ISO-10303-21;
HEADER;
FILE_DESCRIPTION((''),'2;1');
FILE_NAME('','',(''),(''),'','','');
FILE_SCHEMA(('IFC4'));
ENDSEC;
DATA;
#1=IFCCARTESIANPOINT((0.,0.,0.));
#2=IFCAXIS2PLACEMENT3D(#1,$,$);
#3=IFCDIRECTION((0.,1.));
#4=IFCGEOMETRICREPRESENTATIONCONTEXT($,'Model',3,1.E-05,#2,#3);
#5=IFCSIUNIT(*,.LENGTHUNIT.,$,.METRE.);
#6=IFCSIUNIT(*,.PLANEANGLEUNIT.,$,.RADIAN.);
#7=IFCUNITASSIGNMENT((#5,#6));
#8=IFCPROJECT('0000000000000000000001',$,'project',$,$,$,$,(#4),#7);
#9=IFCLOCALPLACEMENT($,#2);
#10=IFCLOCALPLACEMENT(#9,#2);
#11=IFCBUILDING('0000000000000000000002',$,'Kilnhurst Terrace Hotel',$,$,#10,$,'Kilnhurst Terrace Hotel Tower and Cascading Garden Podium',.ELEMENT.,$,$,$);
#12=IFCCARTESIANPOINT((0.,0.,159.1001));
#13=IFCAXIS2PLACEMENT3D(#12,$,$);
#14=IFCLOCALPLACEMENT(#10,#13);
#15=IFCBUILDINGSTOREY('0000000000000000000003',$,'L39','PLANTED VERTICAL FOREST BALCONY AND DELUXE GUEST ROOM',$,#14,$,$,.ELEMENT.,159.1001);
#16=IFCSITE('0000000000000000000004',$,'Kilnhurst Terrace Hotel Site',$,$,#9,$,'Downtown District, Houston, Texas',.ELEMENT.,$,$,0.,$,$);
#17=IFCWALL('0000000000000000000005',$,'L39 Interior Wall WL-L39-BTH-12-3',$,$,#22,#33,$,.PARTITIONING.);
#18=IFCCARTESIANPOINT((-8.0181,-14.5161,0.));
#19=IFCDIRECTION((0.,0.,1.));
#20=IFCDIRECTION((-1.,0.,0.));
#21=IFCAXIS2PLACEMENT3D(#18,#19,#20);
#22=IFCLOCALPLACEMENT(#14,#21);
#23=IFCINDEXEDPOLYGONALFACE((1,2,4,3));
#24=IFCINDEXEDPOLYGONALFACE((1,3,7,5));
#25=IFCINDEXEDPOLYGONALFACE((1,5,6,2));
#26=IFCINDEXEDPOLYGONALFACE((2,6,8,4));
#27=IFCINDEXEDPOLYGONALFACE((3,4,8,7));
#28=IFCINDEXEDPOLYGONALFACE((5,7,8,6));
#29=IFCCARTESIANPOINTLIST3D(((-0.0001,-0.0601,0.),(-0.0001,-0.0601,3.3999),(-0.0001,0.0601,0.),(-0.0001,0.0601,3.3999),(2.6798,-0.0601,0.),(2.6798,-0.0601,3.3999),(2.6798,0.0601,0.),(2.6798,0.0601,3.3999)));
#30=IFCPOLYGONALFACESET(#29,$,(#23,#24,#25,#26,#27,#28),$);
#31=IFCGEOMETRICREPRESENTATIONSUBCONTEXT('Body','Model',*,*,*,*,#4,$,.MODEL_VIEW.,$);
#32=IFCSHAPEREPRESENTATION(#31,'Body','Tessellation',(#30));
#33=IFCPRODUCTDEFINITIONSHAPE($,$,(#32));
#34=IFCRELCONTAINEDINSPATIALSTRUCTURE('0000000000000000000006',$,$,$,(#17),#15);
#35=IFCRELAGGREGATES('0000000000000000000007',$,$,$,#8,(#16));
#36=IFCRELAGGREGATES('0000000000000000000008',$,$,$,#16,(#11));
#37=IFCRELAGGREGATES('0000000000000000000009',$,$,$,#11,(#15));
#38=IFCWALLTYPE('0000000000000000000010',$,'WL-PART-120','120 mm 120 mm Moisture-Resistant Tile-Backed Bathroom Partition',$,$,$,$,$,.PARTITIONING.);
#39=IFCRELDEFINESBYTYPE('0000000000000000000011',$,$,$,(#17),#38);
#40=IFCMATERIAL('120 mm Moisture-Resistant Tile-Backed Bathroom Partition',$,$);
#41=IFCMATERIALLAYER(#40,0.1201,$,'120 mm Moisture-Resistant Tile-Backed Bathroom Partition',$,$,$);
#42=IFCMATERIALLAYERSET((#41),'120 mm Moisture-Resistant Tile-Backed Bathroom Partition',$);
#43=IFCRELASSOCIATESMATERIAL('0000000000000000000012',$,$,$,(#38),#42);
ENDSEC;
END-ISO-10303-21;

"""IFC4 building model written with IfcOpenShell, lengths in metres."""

from ifc_helpers import new_model, si_unit, direction, frame, frame_2d, origin, place, context, subcontext, project, spatial, rectangle, extrude, material, layer, layer_set, type_object, element, save


model = new_model("IFC4")

# Units and contexts
model_context = context("Model", 3, precision=1e-05, world=origin(), true_north=direction((0.0, 1.0)))
body_context = subcontext(model_context, "Body", "Model", "MODEL_VIEW")
ifc_project = project(units=[si_unit("LENGTHUNIT", "METRE"), si_unit("PLANEANGLEUNIT", "RADIAN")], contexts=[model_context])

# Site, building, storey
site_placement = place(None, origin())
site = spatial("IfcSite", under=ifc_project, at=site_placement, Name="Kilnhurst Terrace Hotel Site", LongName="Downtown District, Houston, Texas", CompositionType="ELEMENT", RefElevation=0.0)
building_placement = place(site_placement, origin())
building = spatial("IfcBuilding", under=site, at=building_placement, Name="Kilnhurst Terrace Hotel", LongName="Kilnhurst Terrace Hotel Tower and Cascading Garden Podium", CompositionType="ELEMENT")
storey_placement = place(building_placement, frame((0.0, 0.0, 159.1001)))
storey = spatial("IfcBuildingStorey", under=building, at=storey_placement, Name="L39", Description="PLANTED VERTICAL FOREST BALCONY AND DELUXE GUEST ROOM", CompositionType="ELEMENT", Elevation=159.1001)

# Shared definitions
ifc_material_1 = material(Name="120 mm Moisture-Resistant Tile-Backed Bathroom Partition")
ifc_layer_1 = layer(ifc_material_1, 0.1201, Name="120 mm Moisture-Resistant Tile-Backed Bathroom Partition")
ifc_layer_set_1 = layer_set([ifc_layer_1], Name="120 mm Moisture-Resistant Tile-Backed Bathroom Partition")
wall_type_1 = type_object("IfcWallType", Name="WL-PART-120", Description="120 mm 120 mm Moisture-Resistant Tile-Backed Bathroom Partition", PredefinedType="PARTITIONING", material=ifc_layer_set_1)

# Wall
wall_1_placement = place(storey_placement, frame((-8.0181, -14.5161, 0.0), z_axis=(0.0, 0.0, 1.0), x_axis=(-1.0, 0.0, 0.0)))
element("IfcWall", 1, at=wall_1_placement, inside=storey, type_object=wall_type_1, Name="L39 Interior Wall WL-L39-BTH-12-3", PredefinedType="PARTITIONING", context=body_context, shape_type="SweptSolid", body=[
    extrude(rectangle(XDim=2.6799, YDim=0.1201, at=frame_2d((1.3398, 0.0))), origin(), (0.0, 0.0, 1.0), 3.3999),
])

save(model, "model.ifc")
